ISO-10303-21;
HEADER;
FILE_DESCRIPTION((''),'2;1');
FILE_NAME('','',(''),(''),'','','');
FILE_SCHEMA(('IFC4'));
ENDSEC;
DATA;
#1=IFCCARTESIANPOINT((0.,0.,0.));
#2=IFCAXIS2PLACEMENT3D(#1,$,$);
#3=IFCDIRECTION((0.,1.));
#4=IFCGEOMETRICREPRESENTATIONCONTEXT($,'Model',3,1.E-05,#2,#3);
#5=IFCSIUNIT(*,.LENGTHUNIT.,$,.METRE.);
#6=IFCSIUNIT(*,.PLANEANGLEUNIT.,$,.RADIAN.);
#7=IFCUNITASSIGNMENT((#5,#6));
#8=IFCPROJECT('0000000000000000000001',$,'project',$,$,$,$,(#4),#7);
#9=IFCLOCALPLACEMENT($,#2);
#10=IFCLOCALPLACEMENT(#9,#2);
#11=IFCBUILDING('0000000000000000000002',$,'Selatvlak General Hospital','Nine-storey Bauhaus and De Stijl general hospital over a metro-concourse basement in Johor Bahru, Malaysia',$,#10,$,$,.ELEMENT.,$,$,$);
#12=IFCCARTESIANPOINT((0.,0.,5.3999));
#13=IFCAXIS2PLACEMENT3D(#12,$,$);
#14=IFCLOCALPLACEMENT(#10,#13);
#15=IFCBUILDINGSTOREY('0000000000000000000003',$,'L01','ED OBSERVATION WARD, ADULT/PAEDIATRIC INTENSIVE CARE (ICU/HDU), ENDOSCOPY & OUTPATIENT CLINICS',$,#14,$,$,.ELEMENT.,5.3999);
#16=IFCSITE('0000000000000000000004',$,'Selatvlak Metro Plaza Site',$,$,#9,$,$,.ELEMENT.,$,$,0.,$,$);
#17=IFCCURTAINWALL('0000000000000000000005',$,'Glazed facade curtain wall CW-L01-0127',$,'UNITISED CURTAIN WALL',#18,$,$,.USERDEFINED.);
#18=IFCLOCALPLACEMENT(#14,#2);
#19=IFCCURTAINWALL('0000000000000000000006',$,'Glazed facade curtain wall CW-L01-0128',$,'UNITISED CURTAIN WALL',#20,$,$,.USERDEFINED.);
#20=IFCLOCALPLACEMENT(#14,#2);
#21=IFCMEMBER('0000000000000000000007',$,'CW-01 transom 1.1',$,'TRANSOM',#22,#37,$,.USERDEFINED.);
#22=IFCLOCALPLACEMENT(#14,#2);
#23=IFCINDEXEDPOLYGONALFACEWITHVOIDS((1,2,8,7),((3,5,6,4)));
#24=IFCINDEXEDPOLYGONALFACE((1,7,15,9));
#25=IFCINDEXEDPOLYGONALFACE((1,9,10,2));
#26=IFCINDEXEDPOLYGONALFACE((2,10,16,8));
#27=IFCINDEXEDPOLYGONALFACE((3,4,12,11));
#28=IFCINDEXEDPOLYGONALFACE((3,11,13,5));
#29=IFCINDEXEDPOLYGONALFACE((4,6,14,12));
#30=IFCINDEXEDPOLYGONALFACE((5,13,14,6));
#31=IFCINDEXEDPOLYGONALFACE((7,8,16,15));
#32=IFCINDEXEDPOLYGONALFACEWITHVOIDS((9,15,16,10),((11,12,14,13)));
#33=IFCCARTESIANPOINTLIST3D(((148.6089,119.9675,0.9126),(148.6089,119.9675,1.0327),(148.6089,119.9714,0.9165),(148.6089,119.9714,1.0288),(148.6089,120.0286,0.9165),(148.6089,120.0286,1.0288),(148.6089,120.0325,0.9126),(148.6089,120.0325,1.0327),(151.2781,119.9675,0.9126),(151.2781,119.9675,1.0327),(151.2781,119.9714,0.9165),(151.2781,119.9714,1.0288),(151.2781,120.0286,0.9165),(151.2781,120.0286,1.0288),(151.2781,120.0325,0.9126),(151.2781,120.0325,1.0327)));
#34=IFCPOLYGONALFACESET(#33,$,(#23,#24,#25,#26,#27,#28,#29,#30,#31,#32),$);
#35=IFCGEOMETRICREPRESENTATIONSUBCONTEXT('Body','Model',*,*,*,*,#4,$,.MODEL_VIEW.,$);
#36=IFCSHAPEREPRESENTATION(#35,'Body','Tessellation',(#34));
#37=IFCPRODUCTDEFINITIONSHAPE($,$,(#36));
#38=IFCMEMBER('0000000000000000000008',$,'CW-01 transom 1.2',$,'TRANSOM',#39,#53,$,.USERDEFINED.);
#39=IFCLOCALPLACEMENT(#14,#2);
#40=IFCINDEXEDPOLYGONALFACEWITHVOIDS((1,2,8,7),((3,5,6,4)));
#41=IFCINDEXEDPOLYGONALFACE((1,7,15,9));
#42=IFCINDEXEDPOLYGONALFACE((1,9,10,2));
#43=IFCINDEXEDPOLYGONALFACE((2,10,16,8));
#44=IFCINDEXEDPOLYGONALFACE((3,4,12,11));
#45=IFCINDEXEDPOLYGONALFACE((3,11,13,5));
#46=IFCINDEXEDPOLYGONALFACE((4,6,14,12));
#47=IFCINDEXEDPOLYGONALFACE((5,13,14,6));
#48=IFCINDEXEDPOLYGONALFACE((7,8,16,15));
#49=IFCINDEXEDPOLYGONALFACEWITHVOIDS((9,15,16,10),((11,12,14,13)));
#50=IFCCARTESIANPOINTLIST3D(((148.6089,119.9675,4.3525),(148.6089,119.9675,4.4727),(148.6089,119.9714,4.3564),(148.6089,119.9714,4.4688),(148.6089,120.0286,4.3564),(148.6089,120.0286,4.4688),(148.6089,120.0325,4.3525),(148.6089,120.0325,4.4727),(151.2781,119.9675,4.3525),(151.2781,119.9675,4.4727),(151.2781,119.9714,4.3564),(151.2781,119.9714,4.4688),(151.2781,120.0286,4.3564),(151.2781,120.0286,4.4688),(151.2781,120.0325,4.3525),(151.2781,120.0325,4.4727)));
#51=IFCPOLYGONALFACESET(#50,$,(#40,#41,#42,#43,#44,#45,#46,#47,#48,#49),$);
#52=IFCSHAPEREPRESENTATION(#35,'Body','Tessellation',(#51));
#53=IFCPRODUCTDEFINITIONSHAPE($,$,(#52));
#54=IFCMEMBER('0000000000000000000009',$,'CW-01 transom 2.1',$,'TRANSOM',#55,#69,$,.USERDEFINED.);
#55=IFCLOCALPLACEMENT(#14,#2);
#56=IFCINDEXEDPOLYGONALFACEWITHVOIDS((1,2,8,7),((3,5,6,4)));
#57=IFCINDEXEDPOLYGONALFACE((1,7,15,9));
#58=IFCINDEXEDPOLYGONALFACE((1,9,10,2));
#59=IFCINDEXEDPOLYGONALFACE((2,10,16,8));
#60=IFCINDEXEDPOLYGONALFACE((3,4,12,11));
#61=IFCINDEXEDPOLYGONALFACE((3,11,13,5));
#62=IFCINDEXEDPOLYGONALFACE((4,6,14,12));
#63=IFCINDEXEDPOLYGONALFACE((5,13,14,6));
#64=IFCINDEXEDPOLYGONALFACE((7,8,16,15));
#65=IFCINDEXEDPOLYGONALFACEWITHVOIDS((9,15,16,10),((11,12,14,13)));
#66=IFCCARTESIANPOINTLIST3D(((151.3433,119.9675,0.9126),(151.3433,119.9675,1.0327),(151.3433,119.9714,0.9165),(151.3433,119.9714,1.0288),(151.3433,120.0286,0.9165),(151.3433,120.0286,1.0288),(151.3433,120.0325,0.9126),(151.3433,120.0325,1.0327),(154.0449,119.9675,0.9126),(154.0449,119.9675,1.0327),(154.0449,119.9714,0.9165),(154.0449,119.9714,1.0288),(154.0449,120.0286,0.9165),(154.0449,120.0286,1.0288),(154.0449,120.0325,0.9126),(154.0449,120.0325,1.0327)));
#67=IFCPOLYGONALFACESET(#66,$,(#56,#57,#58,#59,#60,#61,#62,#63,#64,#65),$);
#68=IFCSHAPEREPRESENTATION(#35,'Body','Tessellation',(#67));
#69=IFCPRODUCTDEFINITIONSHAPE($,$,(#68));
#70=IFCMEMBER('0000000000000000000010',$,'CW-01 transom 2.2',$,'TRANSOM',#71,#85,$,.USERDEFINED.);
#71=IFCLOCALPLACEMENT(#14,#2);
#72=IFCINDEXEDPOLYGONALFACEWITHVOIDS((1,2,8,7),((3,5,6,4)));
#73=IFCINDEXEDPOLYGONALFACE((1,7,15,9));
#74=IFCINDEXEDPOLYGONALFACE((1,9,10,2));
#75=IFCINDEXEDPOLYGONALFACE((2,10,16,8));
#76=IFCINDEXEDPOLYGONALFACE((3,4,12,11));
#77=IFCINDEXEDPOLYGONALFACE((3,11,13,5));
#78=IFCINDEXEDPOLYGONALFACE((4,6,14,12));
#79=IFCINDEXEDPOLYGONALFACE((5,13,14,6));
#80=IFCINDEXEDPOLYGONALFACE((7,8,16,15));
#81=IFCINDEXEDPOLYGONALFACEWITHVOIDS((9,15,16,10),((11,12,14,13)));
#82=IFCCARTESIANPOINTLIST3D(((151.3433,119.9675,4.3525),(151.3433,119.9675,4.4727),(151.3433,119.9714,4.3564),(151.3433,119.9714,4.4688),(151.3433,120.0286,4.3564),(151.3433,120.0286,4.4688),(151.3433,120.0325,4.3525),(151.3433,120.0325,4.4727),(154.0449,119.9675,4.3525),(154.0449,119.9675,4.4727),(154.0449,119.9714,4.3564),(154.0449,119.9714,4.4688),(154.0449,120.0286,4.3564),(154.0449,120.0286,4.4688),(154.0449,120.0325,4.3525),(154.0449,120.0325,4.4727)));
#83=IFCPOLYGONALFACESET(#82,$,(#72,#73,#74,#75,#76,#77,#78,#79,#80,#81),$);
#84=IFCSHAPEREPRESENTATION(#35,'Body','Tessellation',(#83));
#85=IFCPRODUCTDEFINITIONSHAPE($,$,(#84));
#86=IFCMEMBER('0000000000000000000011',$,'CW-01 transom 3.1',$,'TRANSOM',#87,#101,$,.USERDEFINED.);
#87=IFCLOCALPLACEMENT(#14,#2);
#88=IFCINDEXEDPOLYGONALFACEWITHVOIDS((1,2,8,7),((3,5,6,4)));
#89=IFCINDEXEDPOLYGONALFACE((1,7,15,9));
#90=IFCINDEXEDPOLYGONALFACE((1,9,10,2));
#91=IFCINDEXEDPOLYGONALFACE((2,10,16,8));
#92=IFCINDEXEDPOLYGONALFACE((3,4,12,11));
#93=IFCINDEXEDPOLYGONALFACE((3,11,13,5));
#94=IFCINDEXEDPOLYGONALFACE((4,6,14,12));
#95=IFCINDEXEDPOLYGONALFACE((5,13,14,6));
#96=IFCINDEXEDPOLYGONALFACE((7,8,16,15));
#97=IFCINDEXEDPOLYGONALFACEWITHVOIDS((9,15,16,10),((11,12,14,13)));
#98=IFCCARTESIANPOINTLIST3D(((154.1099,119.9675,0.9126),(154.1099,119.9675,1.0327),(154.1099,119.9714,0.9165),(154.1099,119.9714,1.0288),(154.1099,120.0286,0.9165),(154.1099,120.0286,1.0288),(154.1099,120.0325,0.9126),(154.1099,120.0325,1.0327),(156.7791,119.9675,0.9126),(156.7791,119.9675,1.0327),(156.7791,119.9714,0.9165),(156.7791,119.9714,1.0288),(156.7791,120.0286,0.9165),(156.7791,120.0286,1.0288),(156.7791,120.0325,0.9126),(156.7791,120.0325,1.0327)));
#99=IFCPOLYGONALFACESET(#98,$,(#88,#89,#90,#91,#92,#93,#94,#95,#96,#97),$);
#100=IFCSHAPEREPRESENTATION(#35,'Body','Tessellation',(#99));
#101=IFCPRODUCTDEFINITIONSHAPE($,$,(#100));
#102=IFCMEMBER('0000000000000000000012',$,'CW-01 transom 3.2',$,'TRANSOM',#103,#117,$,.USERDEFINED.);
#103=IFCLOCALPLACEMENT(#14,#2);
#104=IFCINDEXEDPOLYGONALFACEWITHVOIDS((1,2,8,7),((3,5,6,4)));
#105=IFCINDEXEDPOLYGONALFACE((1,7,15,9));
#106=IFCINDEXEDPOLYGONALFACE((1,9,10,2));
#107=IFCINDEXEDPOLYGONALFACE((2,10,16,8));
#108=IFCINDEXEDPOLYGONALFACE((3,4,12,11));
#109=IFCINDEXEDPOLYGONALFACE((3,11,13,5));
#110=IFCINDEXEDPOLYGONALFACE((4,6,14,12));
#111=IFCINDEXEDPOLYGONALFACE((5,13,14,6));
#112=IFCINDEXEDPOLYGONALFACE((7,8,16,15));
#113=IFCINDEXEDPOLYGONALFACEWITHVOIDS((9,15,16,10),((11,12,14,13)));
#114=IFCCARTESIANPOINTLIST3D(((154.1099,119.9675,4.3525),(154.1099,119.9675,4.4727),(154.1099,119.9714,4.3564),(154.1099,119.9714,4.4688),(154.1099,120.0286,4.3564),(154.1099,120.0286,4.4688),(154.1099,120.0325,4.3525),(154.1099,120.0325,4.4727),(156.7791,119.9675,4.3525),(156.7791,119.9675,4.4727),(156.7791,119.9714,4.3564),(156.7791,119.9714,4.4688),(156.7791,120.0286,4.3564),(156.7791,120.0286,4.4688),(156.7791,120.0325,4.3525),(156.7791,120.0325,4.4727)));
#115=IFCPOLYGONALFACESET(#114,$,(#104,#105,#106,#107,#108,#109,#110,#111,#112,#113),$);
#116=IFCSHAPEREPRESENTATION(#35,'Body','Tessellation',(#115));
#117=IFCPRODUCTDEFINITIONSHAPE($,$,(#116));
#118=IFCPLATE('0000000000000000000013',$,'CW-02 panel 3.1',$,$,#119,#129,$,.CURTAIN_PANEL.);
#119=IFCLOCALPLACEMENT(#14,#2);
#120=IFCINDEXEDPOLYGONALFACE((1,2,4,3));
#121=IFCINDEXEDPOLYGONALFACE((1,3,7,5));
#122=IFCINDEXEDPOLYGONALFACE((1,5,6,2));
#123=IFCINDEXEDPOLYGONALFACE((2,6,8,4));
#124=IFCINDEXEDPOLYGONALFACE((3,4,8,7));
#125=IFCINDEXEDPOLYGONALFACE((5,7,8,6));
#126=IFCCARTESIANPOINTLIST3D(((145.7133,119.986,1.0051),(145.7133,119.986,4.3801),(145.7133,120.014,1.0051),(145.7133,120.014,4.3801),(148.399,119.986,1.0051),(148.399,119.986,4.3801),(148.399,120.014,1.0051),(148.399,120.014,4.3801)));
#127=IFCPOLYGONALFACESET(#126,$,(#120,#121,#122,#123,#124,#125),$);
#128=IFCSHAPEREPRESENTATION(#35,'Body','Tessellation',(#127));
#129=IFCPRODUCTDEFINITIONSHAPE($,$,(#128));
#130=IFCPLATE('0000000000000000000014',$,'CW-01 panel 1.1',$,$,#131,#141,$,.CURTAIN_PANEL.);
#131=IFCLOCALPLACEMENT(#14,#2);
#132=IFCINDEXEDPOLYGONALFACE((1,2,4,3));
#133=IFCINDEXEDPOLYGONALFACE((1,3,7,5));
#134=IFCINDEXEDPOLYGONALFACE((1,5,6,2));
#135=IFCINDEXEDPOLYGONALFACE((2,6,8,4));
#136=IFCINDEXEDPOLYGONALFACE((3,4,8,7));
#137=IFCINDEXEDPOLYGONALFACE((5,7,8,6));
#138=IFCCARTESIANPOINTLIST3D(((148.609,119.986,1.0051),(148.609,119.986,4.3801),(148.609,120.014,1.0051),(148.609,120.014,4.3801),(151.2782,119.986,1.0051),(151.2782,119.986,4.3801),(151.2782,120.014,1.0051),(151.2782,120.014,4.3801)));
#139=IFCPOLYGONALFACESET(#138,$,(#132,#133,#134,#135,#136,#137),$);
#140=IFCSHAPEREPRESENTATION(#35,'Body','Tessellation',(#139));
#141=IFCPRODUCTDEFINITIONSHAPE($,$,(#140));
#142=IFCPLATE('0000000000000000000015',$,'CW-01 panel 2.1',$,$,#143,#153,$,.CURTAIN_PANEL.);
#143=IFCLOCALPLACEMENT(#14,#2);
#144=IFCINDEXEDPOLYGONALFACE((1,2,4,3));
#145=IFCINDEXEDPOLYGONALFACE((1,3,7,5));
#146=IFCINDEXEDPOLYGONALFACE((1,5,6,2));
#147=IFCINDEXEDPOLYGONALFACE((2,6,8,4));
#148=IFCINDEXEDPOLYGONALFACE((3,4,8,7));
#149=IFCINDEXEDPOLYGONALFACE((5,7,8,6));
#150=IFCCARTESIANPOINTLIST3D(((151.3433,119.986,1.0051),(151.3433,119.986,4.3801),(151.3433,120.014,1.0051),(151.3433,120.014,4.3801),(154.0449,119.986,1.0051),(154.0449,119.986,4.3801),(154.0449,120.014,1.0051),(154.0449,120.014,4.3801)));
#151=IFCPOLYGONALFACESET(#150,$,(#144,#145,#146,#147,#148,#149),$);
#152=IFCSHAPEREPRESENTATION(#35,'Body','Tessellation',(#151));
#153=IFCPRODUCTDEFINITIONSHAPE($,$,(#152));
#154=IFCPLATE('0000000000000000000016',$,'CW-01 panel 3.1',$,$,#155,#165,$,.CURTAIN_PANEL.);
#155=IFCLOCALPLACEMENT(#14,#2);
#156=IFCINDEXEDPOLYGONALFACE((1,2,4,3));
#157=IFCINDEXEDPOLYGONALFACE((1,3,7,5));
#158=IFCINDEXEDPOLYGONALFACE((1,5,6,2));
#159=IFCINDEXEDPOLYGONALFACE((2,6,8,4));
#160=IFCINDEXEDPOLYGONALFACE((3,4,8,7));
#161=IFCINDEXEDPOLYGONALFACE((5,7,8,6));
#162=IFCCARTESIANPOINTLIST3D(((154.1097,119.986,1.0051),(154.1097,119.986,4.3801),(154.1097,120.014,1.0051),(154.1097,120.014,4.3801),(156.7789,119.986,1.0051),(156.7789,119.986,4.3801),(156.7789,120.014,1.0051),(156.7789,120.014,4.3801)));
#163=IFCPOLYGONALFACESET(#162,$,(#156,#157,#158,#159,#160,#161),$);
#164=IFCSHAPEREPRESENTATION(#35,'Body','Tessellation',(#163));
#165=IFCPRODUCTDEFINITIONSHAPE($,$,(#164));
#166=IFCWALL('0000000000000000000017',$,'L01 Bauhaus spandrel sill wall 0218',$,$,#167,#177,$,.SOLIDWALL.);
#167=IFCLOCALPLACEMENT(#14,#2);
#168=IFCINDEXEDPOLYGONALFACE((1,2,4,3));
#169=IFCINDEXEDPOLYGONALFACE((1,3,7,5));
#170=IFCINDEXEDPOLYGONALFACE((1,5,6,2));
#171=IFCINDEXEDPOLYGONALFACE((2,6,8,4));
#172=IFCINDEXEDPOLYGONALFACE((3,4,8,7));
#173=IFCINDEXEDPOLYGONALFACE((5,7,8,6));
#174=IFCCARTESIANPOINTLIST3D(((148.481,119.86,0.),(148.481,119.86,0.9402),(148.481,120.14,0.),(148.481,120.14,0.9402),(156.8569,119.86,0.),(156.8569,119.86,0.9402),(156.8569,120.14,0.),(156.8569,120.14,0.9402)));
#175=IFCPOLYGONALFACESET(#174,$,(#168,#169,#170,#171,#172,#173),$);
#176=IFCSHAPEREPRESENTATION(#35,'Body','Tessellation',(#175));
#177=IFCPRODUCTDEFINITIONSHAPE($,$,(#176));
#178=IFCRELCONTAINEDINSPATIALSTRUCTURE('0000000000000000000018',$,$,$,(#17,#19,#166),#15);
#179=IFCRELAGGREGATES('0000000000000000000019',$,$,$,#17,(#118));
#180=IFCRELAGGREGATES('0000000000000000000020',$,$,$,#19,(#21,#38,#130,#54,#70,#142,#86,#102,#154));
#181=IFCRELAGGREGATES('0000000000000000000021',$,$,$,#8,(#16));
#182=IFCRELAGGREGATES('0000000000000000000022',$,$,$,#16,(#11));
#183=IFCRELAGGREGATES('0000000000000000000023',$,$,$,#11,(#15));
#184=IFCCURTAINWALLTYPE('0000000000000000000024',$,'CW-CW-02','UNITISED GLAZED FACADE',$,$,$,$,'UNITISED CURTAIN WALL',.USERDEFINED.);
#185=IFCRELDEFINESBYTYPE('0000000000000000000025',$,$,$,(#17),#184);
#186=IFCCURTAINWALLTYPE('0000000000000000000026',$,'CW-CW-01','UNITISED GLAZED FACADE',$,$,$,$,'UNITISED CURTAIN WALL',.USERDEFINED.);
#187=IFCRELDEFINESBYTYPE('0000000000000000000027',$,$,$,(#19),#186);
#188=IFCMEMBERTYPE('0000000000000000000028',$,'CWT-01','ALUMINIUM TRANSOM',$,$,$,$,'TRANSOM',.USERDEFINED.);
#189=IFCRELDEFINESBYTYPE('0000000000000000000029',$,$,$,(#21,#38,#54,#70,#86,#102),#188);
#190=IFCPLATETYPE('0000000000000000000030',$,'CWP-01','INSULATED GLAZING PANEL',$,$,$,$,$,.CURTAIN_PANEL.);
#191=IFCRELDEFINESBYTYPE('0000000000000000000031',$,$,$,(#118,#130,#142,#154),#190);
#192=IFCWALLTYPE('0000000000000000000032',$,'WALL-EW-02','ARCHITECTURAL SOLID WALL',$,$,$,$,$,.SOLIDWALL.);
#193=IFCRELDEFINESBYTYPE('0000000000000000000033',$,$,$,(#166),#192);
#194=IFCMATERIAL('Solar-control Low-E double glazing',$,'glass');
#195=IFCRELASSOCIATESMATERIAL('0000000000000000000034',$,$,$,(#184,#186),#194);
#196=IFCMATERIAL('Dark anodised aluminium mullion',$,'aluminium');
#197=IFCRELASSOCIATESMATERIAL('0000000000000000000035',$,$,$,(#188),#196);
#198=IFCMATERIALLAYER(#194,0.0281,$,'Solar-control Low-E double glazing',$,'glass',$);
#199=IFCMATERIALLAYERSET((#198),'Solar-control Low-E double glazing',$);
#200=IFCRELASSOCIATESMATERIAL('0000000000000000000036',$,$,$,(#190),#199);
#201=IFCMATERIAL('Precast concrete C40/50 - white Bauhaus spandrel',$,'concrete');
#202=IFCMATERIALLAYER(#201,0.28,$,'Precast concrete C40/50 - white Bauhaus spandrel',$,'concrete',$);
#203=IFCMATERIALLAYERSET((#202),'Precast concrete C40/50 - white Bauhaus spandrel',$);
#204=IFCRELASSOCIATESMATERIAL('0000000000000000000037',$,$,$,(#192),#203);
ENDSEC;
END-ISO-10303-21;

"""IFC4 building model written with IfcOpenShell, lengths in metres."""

from ifc_helpers import new_model, si_unit, direction, frame, frame_2d, origin, origin_2d, place, context, subcontext, project, spatial, rectangle, hollow_rectangle, extrude, material, layer, layer_set, material_profile, profile_set, type_object, element, aggregate, save


model = new_model("IFC4")

# Units and contexts
model_context = context("Model", 3, precision=1e-05, world=origin(), true_north=direction((0.0, 1.0)))
body_context = subcontext(model_context, "Body", "Model", "MODEL_VIEW")
ifc_project = project(units=[si_unit("LENGTHUNIT", "METRE"), si_unit("PLANEANGLEUNIT", "RADIAN")], contexts=[model_context])

# Site, building, storey
site_placement = place(None, origin())
site = spatial("IfcSite", under=ifc_project, at=site_placement, Name="Selatvlak Metro Plaza Site", CompositionType="ELEMENT", RefElevation=0.0)
building_placement = place(site_placement, origin())
building = spatial("IfcBuilding", under=site, at=building_placement, Name="Selatvlak General Hospital", Description="Nine-storey Bauhaus and De Stijl general hospital over a metro-concourse basement in Johor Bahru, Malaysia", CompositionType="ELEMENT")
storey_placement = place(building_placement, frame((0.0, 0.0, 5.3999)))
storey = spatial("IfcBuildingStorey", under=building, at=storey_placement, Name="L01", Description="ED OBSERVATION WARD, ADULT/PAEDIATRIC INTENSIVE CARE (ICU/HDU), ENDOSCOPY & OUTPATIENT CLINICS", CompositionType="ELEMENT", Elevation=5.3999)

# Curtain wall
ifc_material_1 = material(Name="Solar-control Low-E double glazing", Category="glass")
curtain_wall_type_1 = type_object("IfcCurtainWallType", Name="CW-CW-02", Description="UNITISED GLAZED FACADE", ElementType="UNITISED CURTAIN WALL", PredefinedType="USERDEFINED", material=ifc_material_1)
curtain_wall_1_placement = place(storey_placement, origin())
curtain_wall_1 = element("IfcCurtainWall", 1, at=curtain_wall_1_placement, inside=storey, type_object=curtain_wall_type_1, Name="Glazed facade curtain wall CW-L01-0127", ObjectType="UNITISED CURTAIN WALL", PredefinedType="USERDEFINED")
ifc_material_2 = material(Name="Dark anodised aluminium mullion", Category="aluminium")

# Curtain wall, members
curtain_wall_type_2 = type_object("IfcCurtainWallType", Name="CW-CW-01", Description="UNITISED GLAZED FACADE", ElementType="UNITISED CURTAIN WALL", PredefinedType="USERDEFINED", material=ifc_material_1)
curtain_wall_2_placement = place(storey_placement, origin())
curtain_wall_2 = element("IfcCurtainWall", 2, at=curtain_wall_2_placement, inside=storey, type_object=curtain_wall_type_2, Name="Glazed facade curtain wall CW-L01-0128", ObjectType="UNITISED CURTAIN WALL", PredefinedType="USERDEFINED")
ifc_material_profile_1 = material_profile(ifc_material_2, hollow_rectangle(XDim=0.0649, YDim=0.1201, WallThickness=0.0039, at=origin_2d()), Name="AL-TRN 65x120x4")
ifc_profile_set_1 = profile_set([ifc_material_profile_1], Name="Dark anodised aluminium mullion")
member_type_1 = type_object("IfcMemberType", Name="CWT-01", Description="ALUMINIUM TRANSOM", ElementType="TRANSOM", PredefinedType="USERDEFINED", material=ifc_profile_set_1)
member_1_placement = place(storey_placement, frame((148.6089, 120.0, 0.9727), z_axis=(1.0, 0.0, 0.0), x_axis=(0.0, 1.0, 0.0)))
member_1 = element("IfcMember", 3, at=member_1_placement, type_object=member_type_1, Name="CW-01 transom 1.1", ObjectType="TRANSOM", PredefinedType="USERDEFINED", context=body_context, shape_type="SweptSolid", body=[
    extrude(hollow_rectangle(XDim=0.0649, YDim=0.1201, WallThickness=0.0039, at=origin_2d()), origin(), (0.0, 0.0, 1.0), 2.6692),
])
member_2_placement = place(storey_placement, frame((148.6089, 120.0, 4.4126), z_axis=(1.0, 0.0, 0.0), x_axis=(0.0, 1.0, 0.0)))
member_2 = element("IfcMember", 4, at=member_2_placement, type_object=member_type_1, Name="CW-01 transom 1.2", ObjectType="TRANSOM", PredefinedType="USERDEFINED", context=body_context, shape_type="SweptSolid", body=[
    extrude(hollow_rectangle(XDim=0.0649, YDim=0.1201, WallThickness=0.0039, at=origin_2d()), origin(), (0.0, 0.0, 1.0), 2.6692),
])
member_3_placement = place(storey_placement, frame((151.3433, 120.0, 0.9727), z_axis=(1.0, 0.0, 0.0), x_axis=(0.0, 1.0, 0.0)))
member_3 = element("IfcMember", 5, at=member_3_placement, type_object=member_type_1, Name="CW-01 transom 2.1", ObjectType="TRANSOM", PredefinedType="USERDEFINED", context=body_context, shape_type="SweptSolid", body=[
    extrude(hollow_rectangle(XDim=0.0649, YDim=0.1201, WallThickness=0.0039, at=origin_2d()), origin(), (0.0, 0.0, 1.0), 2.7017),
])
member_4_placement = place(storey_placement, frame((151.3433, 120.0, 4.4126), z_axis=(1.0, 0.0, 0.0), x_axis=(0.0, 1.0, 0.0)))
member_4 = element("IfcMember", 6, at=member_4_placement, type_object=member_type_1, Name="CW-01 transom 2.2", ObjectType="TRANSOM", PredefinedType="USERDEFINED", context=body_context, shape_type="SweptSolid", body=[
    extrude(hollow_rectangle(XDim=0.0649, YDim=0.1201, WallThickness=0.0039, at=origin_2d()), origin(), (0.0, 0.0, 1.0), 2.7017),
])
member_5_placement = place(storey_placement, frame((154.1099, 120.0, 0.9727), z_axis=(1.0, 0.0, 0.0), x_axis=(0.0, 1.0, 0.0)))
member_5 = element("IfcMember", 7, at=member_5_placement, type_object=member_type_1, Name="CW-01 transom 3.1", ObjectType="TRANSOM", PredefinedType="USERDEFINED", context=body_context, shape_type="SweptSolid", body=[
    extrude(hollow_rectangle(XDim=0.0649, YDim=0.1201, WallThickness=0.0039, at=origin_2d()), origin(), (0.0, 0.0, 1.0), 2.6692),
])
member_6_placement = place(storey_placement, frame((154.1099, 120.0, 4.4126), z_axis=(1.0, 0.0, 0.0), x_axis=(0.0, 1.0, 0.0)))
member_6 = element("IfcMember", 8, at=member_6_placement, type_object=member_type_1, Name="CW-01 transom 3.2", ObjectType="TRANSOM", PredefinedType="USERDEFINED", context=body_context, shape_type="SweptSolid", body=[
    extrude(hollow_rectangle(XDim=0.0649, YDim=0.1201, WallThickness=0.0039, at=origin_2d()), origin(), (0.0, 0.0, 1.0), 2.6692),
])

# Plates
ifc_layer_1 = layer(ifc_material_1, 0.0281, Name="Solar-control Low-E double glazing", Category="glass")
ifc_layer_set_1 = layer_set([ifc_layer_1], Name="Solar-control Low-E double glazing")
plate_type = type_object("IfcPlateType", Name="CWP-01", Description="INSULATED GLAZING PANEL", PredefinedType="CURTAIN_PANEL", material=ifc_layer_set_1)
plate_1_placement = place(storey_placement, frame((147.0562, 120.0, 1.0051), z_axis=(0.0, 0.0, 1.0), x_axis=(1.0, 0.0, 0.0)))
plate_1 = element("IfcPlate", 9, at=plate_1_placement, type_object=plate_type, Name="CW-02 panel 3.1", PredefinedType="CURTAIN_PANEL", context=body_context, shape_type="SweptSolid", body=[
    extrude(rectangle(XDim=2.6858, YDim=0.0281, at=origin_2d()), origin(), (0.0, 0.0, 1.0), 3.375),
])
aggregate(curtain_wall_1, [plate_1])
plate_2_placement = place(storey_placement, frame((149.9436, 120.0, 1.0051), z_axis=(0.0, 0.0, 1.0), x_axis=(1.0, 0.0, 0.0)))
plate_2 = element("IfcPlate", 10, at=plate_2_placement, type_object=plate_type, Name="CW-01 panel 1.1", PredefinedType="CURTAIN_PANEL", context=body_context, shape_type="SweptSolid", body=[
    extrude(rectangle(XDim=2.6692, YDim=0.0281, at=origin_2d()), origin(), (0.0, 0.0, 1.0), 3.375),
])
plate_3_placement = place(storey_placement, frame((152.6941, 120.0, 1.0051), z_axis=(0.0, 0.0, 1.0), x_axis=(1.0, 0.0, 0.0)))
plate_3 = element("IfcPlate", 11, at=plate_3_placement, type_object=plate_type, Name="CW-01 panel 2.1", PredefinedType="CURTAIN_PANEL", context=body_context, shape_type="SweptSolid", body=[
    extrude(rectangle(XDim=2.7017, YDim=0.0281, at=origin_2d()), origin(), (0.0, 0.0, 1.0), 3.375),
])
plate_4_placement = place(storey_placement, frame((155.4443, 120.0, 1.0051), z_axis=(0.0, 0.0, 1.0), x_axis=(1.0, 0.0, 0.0)))
plate_4 = element("IfcPlate", 12, at=plate_4_placement, type_object=plate_type, Name="CW-01 panel 3.1", PredefinedType="CURTAIN_PANEL", context=body_context, shape_type="SweptSolid", body=[
    extrude(rectangle(XDim=2.6692, YDim=0.0281, at=origin_2d()), origin(), (0.0, 0.0, 1.0), 3.375),
])
aggregate(curtain_wall_2, [member_1, member_2, plate_2, member_3, member_4, plate_3, member_5, member_6, plate_4])

# Wall
ifc_material_3 = material(Name="Precast concrete C40/50 - white Bauhaus spandrel", Category="concrete")
ifc_layer_2 = layer(ifc_material_3, 0.28, Name="Precast concrete C40/50 - white Bauhaus spandrel", Category="concrete")
ifc_layer_set_2 = layer_set([ifc_layer_2], Name="Precast concrete C40/50 - white Bauhaus spandrel")
wall_type_1 = type_object("IfcWallType", Name="WALL-EW-02", Description="ARCHITECTURAL SOLID WALL", PredefinedType="SOLIDWALL", material=ifc_layer_set_2)
wall_1_placement = place(storey_placement, frame((148.481, 120.0, 0.0), z_axis=(0.0, 0.0, 1.0), x_axis=(1.0, 0.0, 0.0)))
element("IfcWall", 13, at=wall_1_placement, inside=storey, type_object=wall_type_1, Name="L01 Bauhaus spandrel sill wall 0218", PredefinedType="SOLIDWALL", context=body_context, shape_type="SweptSolid", body=[
    extrude(rectangle(XDim=8.376, YDim=0.28, at=frame_2d((4.188, 0.0))), origin(), (0.0, 0.0, 1.0), 0.9402),
])

save(model, "model.ifc")
